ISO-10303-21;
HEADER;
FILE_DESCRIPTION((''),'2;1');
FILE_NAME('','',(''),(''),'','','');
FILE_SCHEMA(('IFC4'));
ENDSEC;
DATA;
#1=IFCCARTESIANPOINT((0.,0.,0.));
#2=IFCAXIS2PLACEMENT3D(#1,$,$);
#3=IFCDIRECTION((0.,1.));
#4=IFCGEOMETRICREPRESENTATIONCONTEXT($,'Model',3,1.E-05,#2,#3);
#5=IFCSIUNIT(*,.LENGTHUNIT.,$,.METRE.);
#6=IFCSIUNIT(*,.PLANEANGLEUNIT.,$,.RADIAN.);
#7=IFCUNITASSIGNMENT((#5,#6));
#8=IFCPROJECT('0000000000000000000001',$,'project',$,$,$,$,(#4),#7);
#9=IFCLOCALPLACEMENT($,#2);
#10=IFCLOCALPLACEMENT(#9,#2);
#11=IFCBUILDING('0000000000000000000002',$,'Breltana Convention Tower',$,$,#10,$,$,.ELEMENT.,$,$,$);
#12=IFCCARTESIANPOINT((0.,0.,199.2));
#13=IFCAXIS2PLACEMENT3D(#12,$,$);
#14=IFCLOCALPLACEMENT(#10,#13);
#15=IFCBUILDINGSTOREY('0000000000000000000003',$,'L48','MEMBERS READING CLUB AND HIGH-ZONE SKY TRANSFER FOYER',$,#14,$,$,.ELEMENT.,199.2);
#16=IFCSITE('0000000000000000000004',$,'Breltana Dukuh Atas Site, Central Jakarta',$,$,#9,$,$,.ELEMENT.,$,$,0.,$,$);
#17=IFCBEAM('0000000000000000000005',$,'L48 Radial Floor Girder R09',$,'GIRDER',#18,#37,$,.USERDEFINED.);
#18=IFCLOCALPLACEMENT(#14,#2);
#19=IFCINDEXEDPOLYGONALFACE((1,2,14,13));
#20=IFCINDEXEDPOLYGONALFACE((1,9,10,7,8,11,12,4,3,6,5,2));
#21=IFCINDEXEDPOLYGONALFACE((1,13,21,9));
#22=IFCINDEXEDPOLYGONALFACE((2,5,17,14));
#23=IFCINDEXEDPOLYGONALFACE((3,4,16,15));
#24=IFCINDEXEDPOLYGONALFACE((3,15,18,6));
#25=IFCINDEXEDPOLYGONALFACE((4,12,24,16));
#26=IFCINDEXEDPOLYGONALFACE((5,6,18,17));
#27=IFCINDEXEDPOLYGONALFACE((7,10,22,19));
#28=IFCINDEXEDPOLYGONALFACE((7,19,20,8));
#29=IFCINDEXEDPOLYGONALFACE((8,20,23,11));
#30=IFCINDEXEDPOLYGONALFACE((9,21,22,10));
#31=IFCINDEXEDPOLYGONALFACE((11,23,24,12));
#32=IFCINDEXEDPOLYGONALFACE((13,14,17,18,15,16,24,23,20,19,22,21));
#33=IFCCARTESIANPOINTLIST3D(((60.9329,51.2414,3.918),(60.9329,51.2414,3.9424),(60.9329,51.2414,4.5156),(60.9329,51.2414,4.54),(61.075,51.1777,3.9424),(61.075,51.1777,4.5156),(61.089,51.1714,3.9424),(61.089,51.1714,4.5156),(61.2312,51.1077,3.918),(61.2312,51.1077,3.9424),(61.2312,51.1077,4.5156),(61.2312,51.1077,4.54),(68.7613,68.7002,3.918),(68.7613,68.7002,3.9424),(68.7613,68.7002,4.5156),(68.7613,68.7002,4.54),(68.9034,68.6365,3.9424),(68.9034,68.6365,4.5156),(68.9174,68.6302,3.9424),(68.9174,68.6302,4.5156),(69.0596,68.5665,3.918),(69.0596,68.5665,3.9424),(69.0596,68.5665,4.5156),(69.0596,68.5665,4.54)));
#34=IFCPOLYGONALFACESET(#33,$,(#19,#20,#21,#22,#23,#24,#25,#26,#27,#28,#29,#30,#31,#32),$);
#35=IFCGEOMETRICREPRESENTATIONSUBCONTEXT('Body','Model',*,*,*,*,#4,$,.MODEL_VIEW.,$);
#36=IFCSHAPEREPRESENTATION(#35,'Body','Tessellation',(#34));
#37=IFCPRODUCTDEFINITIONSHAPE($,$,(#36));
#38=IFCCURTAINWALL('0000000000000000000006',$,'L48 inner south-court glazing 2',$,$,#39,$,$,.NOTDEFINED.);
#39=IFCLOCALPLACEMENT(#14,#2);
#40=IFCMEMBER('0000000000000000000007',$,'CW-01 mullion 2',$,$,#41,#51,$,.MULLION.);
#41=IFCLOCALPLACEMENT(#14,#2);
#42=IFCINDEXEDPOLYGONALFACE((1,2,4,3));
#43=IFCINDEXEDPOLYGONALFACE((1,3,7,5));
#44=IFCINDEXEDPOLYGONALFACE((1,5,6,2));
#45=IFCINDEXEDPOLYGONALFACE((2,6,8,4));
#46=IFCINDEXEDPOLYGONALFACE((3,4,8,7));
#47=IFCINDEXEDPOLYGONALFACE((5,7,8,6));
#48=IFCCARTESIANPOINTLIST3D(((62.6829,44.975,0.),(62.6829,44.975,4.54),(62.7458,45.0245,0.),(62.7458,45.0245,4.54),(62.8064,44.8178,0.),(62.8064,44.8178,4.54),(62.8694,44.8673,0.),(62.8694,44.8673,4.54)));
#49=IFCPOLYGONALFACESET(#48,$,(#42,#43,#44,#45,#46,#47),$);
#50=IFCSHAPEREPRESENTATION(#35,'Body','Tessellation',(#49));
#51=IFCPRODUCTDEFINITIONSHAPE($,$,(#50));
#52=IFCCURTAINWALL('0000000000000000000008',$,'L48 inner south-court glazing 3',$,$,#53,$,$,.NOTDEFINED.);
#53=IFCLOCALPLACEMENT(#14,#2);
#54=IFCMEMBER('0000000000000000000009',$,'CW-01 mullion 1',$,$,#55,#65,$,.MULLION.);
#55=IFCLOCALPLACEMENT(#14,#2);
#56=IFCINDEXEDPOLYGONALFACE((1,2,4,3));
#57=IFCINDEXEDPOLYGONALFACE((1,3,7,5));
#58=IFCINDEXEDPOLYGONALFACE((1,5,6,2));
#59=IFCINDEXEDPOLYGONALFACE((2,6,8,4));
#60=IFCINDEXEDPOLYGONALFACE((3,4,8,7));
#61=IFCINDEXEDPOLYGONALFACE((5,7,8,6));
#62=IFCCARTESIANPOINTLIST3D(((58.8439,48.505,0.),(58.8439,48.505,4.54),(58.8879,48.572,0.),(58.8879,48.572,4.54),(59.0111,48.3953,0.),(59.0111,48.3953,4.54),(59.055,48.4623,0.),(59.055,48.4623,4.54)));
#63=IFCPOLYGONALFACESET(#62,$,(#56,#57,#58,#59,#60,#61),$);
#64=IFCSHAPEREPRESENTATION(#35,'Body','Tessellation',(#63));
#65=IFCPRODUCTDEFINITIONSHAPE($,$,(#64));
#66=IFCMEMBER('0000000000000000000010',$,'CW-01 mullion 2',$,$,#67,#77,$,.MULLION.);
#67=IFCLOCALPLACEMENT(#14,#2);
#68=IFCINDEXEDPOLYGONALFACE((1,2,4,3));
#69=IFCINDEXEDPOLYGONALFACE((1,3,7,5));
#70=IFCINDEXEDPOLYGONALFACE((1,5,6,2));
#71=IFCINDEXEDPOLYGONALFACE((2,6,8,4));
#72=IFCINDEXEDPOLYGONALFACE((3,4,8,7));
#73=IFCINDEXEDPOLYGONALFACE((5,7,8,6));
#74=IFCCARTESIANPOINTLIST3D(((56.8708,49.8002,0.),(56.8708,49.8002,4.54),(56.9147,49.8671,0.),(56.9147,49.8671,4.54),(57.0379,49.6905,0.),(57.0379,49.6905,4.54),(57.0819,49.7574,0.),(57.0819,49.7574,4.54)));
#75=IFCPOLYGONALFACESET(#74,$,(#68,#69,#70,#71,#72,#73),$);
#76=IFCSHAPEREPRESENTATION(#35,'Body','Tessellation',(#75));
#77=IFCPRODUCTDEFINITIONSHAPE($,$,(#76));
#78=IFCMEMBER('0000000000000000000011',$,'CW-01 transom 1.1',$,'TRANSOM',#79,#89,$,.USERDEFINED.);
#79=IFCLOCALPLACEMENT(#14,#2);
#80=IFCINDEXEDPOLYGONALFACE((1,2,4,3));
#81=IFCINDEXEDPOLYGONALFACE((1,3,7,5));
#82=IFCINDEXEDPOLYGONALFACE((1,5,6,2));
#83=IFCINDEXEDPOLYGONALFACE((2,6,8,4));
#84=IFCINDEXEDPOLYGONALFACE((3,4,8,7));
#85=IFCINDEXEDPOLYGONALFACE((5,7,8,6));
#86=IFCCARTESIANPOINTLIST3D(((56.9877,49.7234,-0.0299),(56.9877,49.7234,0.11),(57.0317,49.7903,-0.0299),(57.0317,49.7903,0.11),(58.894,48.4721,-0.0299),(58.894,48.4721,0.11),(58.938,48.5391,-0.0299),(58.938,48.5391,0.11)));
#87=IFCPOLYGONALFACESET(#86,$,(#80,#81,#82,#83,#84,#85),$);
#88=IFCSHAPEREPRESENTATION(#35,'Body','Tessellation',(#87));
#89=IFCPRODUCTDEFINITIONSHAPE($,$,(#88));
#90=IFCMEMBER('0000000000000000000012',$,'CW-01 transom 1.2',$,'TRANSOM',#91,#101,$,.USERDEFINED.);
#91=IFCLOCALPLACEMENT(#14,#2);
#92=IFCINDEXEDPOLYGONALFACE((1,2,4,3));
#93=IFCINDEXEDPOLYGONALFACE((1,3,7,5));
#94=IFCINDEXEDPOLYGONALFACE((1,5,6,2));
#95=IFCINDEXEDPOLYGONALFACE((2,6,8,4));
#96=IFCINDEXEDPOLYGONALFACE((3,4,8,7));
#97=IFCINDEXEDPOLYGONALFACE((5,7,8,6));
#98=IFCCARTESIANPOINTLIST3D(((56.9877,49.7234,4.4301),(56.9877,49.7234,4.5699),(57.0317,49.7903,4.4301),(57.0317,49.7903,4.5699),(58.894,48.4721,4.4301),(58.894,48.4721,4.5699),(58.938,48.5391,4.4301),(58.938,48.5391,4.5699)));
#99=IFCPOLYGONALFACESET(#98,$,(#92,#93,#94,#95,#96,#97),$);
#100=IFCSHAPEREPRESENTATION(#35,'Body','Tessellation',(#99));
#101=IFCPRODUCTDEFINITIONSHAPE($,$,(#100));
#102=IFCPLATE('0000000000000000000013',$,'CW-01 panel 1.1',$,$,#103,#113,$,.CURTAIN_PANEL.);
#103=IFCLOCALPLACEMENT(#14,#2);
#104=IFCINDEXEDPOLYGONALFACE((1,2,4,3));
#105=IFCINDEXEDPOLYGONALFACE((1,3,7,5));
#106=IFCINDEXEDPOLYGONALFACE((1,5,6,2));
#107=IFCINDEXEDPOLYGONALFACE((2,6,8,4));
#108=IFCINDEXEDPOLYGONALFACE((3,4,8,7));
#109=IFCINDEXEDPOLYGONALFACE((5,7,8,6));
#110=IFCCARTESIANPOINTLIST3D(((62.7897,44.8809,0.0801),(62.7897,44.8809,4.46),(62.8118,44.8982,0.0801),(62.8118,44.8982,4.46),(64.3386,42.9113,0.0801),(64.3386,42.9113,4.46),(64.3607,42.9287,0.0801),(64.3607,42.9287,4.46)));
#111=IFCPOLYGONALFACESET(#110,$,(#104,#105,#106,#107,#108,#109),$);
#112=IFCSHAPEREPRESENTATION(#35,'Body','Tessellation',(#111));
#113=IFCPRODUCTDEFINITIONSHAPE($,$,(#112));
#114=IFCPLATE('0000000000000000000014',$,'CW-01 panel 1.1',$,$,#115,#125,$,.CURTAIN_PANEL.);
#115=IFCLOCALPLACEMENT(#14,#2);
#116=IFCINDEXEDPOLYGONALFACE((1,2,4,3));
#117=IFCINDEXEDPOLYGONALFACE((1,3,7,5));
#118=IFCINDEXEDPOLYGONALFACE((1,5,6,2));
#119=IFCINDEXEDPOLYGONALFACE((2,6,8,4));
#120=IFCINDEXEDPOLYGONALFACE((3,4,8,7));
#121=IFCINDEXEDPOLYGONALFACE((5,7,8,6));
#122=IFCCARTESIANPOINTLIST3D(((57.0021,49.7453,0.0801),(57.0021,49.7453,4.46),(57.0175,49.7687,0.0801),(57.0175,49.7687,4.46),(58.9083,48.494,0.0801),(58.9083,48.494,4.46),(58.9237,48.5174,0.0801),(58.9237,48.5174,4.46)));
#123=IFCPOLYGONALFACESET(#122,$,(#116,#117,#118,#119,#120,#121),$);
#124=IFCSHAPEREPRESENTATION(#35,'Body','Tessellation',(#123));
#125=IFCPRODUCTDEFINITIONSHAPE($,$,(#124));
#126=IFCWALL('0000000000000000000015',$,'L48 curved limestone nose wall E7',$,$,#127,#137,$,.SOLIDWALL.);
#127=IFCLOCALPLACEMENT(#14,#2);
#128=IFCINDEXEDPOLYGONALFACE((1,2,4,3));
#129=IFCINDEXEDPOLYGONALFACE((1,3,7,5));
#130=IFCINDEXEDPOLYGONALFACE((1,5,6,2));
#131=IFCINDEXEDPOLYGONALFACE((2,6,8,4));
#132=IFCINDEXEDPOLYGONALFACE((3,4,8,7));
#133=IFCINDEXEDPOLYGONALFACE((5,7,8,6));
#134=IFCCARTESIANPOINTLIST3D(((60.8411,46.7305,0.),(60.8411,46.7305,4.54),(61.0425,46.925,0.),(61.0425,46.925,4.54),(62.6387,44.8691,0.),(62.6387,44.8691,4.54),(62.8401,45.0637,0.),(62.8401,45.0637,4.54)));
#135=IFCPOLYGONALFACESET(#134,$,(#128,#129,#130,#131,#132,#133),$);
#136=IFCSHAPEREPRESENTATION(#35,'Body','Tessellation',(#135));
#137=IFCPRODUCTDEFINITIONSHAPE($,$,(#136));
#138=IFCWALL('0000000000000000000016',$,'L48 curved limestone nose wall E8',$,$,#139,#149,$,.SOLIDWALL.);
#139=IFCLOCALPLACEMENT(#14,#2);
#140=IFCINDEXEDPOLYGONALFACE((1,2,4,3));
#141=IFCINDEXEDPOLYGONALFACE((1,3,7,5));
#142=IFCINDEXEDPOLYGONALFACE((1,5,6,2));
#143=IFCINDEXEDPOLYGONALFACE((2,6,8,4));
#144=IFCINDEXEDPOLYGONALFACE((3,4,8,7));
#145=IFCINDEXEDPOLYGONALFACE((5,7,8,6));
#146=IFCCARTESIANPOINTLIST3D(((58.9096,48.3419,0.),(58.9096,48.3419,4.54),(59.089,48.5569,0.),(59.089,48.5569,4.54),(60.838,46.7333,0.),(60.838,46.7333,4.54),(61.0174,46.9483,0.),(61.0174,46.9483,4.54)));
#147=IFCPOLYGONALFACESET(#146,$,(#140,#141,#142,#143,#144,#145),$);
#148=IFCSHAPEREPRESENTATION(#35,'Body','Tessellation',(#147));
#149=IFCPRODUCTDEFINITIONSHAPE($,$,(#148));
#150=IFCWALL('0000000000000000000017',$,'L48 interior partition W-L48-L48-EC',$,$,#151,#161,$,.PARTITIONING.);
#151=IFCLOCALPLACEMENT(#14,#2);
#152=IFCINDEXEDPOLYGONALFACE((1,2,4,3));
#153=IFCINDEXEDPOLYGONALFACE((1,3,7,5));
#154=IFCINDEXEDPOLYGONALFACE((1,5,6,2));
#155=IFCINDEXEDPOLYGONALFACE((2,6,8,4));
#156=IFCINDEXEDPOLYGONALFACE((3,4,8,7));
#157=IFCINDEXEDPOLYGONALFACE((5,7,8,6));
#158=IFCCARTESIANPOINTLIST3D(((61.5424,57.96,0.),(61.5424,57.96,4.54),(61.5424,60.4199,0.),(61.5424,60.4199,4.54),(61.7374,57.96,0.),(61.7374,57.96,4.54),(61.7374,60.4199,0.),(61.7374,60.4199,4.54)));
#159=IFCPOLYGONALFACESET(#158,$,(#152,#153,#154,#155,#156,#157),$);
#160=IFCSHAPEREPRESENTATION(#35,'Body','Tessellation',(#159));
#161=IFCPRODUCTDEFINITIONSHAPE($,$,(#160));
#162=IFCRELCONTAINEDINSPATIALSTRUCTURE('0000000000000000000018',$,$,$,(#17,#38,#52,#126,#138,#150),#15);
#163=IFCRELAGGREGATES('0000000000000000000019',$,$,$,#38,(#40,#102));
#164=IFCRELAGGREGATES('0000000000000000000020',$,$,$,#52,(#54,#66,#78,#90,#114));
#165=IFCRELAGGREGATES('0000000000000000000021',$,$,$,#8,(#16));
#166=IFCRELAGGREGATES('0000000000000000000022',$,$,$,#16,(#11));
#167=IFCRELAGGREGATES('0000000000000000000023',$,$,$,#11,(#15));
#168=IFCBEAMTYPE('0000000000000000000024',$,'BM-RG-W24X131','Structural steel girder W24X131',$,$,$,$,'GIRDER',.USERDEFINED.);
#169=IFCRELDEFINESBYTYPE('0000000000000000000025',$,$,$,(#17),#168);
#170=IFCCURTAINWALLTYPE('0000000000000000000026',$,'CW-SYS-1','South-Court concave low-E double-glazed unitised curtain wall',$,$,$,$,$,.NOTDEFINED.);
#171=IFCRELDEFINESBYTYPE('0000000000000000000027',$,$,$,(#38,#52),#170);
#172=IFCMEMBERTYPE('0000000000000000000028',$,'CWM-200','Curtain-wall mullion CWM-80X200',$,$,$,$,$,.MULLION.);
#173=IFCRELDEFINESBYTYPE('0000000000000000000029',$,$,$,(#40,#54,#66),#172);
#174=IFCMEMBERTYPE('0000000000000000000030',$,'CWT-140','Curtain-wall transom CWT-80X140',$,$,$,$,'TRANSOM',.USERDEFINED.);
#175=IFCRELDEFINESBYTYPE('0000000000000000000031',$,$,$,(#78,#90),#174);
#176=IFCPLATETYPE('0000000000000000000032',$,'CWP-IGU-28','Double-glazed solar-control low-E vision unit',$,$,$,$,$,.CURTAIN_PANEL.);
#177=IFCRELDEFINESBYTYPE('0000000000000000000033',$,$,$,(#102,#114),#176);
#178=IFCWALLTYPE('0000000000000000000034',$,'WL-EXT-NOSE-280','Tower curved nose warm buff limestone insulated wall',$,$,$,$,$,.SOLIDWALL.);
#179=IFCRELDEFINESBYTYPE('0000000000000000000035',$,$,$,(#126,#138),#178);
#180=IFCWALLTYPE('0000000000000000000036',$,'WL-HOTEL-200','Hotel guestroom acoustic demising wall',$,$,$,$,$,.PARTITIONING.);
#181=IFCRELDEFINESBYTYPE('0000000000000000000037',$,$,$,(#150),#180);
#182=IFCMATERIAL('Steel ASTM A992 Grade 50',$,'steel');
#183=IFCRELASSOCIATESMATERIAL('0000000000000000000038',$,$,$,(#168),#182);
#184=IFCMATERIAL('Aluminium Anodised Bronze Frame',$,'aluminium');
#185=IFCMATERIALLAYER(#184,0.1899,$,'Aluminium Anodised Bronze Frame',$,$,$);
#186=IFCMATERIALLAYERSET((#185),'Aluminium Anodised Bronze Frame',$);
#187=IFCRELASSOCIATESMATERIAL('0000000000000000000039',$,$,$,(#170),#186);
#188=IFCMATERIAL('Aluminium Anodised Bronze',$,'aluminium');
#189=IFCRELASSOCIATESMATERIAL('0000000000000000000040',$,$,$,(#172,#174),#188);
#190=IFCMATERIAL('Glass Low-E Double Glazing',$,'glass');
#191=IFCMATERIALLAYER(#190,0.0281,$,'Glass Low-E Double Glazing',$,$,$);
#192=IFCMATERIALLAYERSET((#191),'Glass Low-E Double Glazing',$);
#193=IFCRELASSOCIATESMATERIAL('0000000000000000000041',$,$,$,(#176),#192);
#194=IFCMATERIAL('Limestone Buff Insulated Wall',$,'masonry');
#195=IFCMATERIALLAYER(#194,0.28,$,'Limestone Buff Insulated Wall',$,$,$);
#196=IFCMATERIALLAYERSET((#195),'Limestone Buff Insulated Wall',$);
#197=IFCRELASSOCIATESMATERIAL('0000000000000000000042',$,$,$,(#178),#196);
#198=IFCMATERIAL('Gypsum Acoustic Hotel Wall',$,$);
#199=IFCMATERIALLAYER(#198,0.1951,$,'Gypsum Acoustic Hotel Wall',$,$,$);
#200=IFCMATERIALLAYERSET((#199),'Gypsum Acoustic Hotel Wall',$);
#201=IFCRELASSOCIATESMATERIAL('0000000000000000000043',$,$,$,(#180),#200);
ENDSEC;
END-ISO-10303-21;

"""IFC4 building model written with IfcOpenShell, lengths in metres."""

from ifc_helpers import new_model, si_unit, direction, frame, frame_2d, origin, origin_2d, place, context, subcontext, project, spatial, rectangle, i_section, extrude, source, transform, mapped, material, layer, layer_set, material_profile, profile_set, type_object, element, aggregate, save


model = new_model("IFC4")

# Units and contexts
model_context = context("Model", 3, precision=1e-05, world=origin(), true_north=direction((0.0, 1.0)))
body_context = subcontext(model_context, "Body", "Model", "MODEL_VIEW")
ifc_project = project(units=[si_unit("LENGTHUNIT", "METRE"), si_unit("PLANEANGLEUNIT", "RADIAN")], contexts=[model_context])

# Site, building, storey
site_placement = place(None, origin())
site = spatial("IfcSite", under=ifc_project, at=site_placement, Name="Breltana Dukuh Atas Site, Central Jakarta", CompositionType="ELEMENT", RefElevation=0.0)
building_placement = place(site_placement, origin())
building = spatial("IfcBuilding", under=site, at=building_placement, Name="Breltana Convention Tower", CompositionType="ELEMENT")
storey_placement = place(building_placement, frame((0.0, 0.0, 199.2)))
storey = spatial("IfcBuildingStorey", under=building, at=storey_placement, Name="L48", Description="MEMBERS READING CLUB AND HIGH-ZONE SKY TRANSFER FOYER", CompositionType="ELEMENT", Elevation=199.2)

# Shared definitions
ifc_material_1 = material(Name="Steel ASTM A992 Grade 50", Category="steel")

# Beam
ifc_material_profile_1 = material_profile(ifc_material_1, i_section(OverallWidth=0.3269, OverallDepth=0.6221, WebThickness=0.0154, FlangeThickness=0.0244, at=origin_2d()), Name="W24X131")
ifc_profile_set_1 = profile_set([ifc_material_profile_1], Name="Steel ASTM A992 Grade 50")
beam_type_1 = type_object("IfcBeamType", Name="BM-RG-W24X131", Description="Structural steel girder W24X131", ElementType="GIRDER", PredefinedType="USERDEFINED", material=ifc_profile_set_1)
shared_shape_1 = source(origin(), body_context, "Body", "SweptSolid", [
    extrude(i_section(OverallWidth=0.3269, OverallDepth=0.6221, WebThickness=0.0154, FlangeThickness=0.0244, at=origin_2d()), origin(), (0.0, 0.0, 1.0), 19.1335),
])
beam_1_placement = place(storey_placement, frame((61.082, 51.1746, 4.229), z_axis=(0.409145, 0.91247, 0.0), x_axis=(-0.91247, 0.409145, 0.0)))
element("IfcBeam", 1, at=beam_1_placement, inside=storey, type_object=beam_type_1, Name="L48 Radial Floor Girder R09", ObjectType="GIRDER", PredefinedType="USERDEFINED", context=body_context, shape_type="MappedRepresentation", body=[
    mapped(shared_shape_1, transform((0.0, 0.0, 0.0), scale=1.0)),
])

# Curtain wall, member
ifc_material_2 = material(Name="Aluminium Anodised Bronze Frame", Category="aluminium")
ifc_layer_1 = layer(ifc_material_2, 0.1899, Name="Aluminium Anodised Bronze Frame")
ifc_layer_set_1 = layer_set([ifc_layer_1], Name="Aluminium Anodised Bronze Frame")
curtain_wall_type = type_object("IfcCurtainWallType", Name="CW-SYS-1", Description="South-Court concave low-E double-glazed unitised curtain wall", PredefinedType="NOTDEFINED", material=ifc_layer_set_1)
curtain_wall_1_placement = place(storey_placement, origin())
curtain_wall_1 = element("IfcCurtainWall", 2, at=curtain_wall_1_placement, inside=storey, type_object=curtain_wall_type, Name="L48 inner south-court glazing 2", PredefinedType="NOTDEFINED")
ifc_material_3 = material(Name="Aluminium Anodised Bronze", Category="aluminium")
ifc_material_profile_2 = material_profile(ifc_material_3, rectangle(XDim=0.0801, YDim=0.2, at=origin_2d()), Name="CWM-80X200")
ifc_profile_set_2 = profile_set([ifc_material_profile_2], Name="Aluminium Anodised Bronze")
member_type_1 = type_object("IfcMemberType", Name="CWM-200", Description="Curtain-wall mullion CWM-80X200", PredefinedType="MULLION", material=ifc_profile_set_2)
shared_shape_2 = source(origin(), body_context, "Body", "SweptSolid", [
    extrude(rectangle(XDim=0.0801, YDim=0.2, at=origin_2d()), origin(), (0.0, 0.0, 1.0), 4.54),
])
member_1_placement = place(storey_placement, frame((62.7761, 44.9211, 0.0), z_axis=(0.0, 0.0, 1.0), x_axis=(-0.786061, -0.61815, 0.0)))
member_1 = element("IfcMember", 3, at=member_1_placement, type_object=member_type_1, Name="CW-01 mullion 2", PredefinedType="MULLION", context=body_context, shape_type="MappedRepresentation", body=[
    mapped(shared_shape_2, transform((0.0, 0.0, 0.0), scale=1.0)),
])

# Curtain wall, members
curtain_wall_2_placement = place(storey_placement, origin())
curtain_wall_2 = element("IfcCurtainWall", 4, at=curtain_wall_2_placement, inside=storey, type_object=curtain_wall_type, Name="L48 inner south-court glazing 3", PredefinedType="NOTDEFINED")
member_2_placement = place(storey_placement, frame((58.9495, 48.4836, 0.0), z_axis=(0.0, 0.0, 1.0), x_axis=(-0.548757, -0.835982, 0.0)))
member_2 = element("IfcMember", 5, at=member_2_placement, type_object=member_type_1, Name="CW-01 mullion 1", PredefinedType="MULLION", context=body_context, shape_type="MappedRepresentation", body=[
    mapped(shared_shape_2, transform((0.0, 0.0, 0.0), scale=1.0)),
])
member_3_placement = place(storey_placement, frame((56.9763, 49.7788, 0.0), z_axis=(0.0, 0.0, 1.0), x_axis=(-0.548757, -0.835982, 0.0)))
member_3 = element("IfcMember", 6, at=member_3_placement, type_object=member_type_1, Name="CW-01 mullion 2", PredefinedType="MULLION", context=body_context, shape_type="MappedRepresentation", body=[
    mapped(shared_shape_2, transform((0.0, 0.0, 0.0), scale=1.0)),
])
ifc_material_profile_3 = material_profile(ifc_material_3, rectangle(XDim=0.0801, YDim=0.1399, at=origin_2d()), Name="CWT-80X140")
ifc_profile_set_3 = profile_set([ifc_material_profile_3], Name="Aluminium Anodised Bronze")
member_type_2 = type_object("IfcMemberType", Name="CWT-140", Description="Curtain-wall transom CWT-80X140", ElementType="TRANSOM", PredefinedType="USERDEFINED", material=ifc_profile_set_3)
shared_shape_3 = source(origin(), body_context, "Body", "SweptSolid", [
    extrude(rectangle(XDim=0.0801, YDim=0.1399, at=origin_2d()), origin(), (0.0, 0.0, 1.0), 2.2803),
])
member_4_placement = place(storey_placement, frame((58.916, 48.5056, 0.04), z_axis=(-0.835999, 0.548731, 0.0), x_axis=(-0.548731, -0.835999, 0.0)))
member_4 = element("IfcMember", 7, at=member_4_placement, type_object=member_type_2, Name="CW-01 transom 1.1", ObjectType="TRANSOM", PredefinedType="USERDEFINED", context=body_context, shape_type="MappedRepresentation", body=[
    mapped(shared_shape_3, transform((0.0, 0.0, 0.0), scale=1.0)),
])
member_5_placement = place(storey_placement, frame((58.916, 48.5056, 4.5), z_axis=(-0.835999, 0.548731, 0.0), x_axis=(-0.548731, -0.835999, 0.0)))
member_5 = element("IfcMember", 8, at=member_5_placement, type_object=member_type_2, Name="CW-01 transom 1.2", ObjectType="TRANSOM", PredefinedType="USERDEFINED", context=body_context, shape_type="MappedRepresentation", body=[
    mapped(shared_shape_3, transform((0.0, 0.0, 0.0), scale=1.0)),
])

# Plates
ifc_material_4 = material(Name="Glass Low-E Double Glazing", Category="glass")
ifc_layer_2 = layer(ifc_material_4, 0.0281, Name="Glass Low-E Double Glazing")
ifc_layer_set_2 = layer_set([ifc_layer_2], Name="Glass Low-E Double Glazing")
plate_type = type_object("IfcPlateType", Name="CWP-IGU-28", Description="Double-glazed solar-control low-E vision unit", PredefinedType="CURTAIN_PANEL", material=ifc_layer_set_2)
shared_shape_4 = source(origin(), body_context, "Body", "SweptSolid", [
    extrude(rectangle(XDim=2.5056, YDim=0.0281, at=origin_2d()), origin(), (0.0, 0.0, 1.0), 4.3799),
])
plate_1_placement = place(storey_placement, frame((63.5752, 43.9048, 0.0801), z_axis=(0.0, 0.0, 1.0), x_axis=(-0.61815, 0.786061, 0.0)))
plate_1 = element("IfcPlate", 9, at=plate_1_placement, type_object=plate_type, Name="CW-01 panel 1.1", PredefinedType="CURTAIN_PANEL", context=body_context, shape_type="MappedRepresentation", body=[
    mapped(shared_shape_4, transform((0.0, 0.0, 0.0), scale=1.0)),
])
aggregate(curtain_wall_1, [member_1, plate_1])
shared_shape_5 = source(origin(), body_context, "Body", "SweptSolid", [
    extrude(rectangle(XDim=2.2803, YDim=0.0281, at=origin_2d()), origin(), (0.0, 0.0, 1.0), 4.3799),
])
plate_2_placement = place(storey_placement, frame((57.9629, 49.1313, 0.0801), z_axis=(0.0, 0.0, 1.0), x_axis=(-0.835982, 0.548757, 0.0)))
plate_2 = element("IfcPlate", 10, at=plate_2_placement, type_object=plate_type, Name="CW-01 panel 1.1", PredefinedType="CURTAIN_PANEL", context=body_context, shape_type="MappedRepresentation", body=[
    mapped(shared_shape_5, transform((0.0, 0.0, 0.0), scale=1.0)),
])
aggregate(curtain_wall_2, [member_2, member_3, member_4, member_5, plate_2])

# Walls
ifc_material_5 = material(Name="Limestone Buff Insulated Wall", Category="masonry")
ifc_layer_3 = layer(ifc_material_5, 0.28, Name="Limestone Buff Insulated Wall")
ifc_layer_set_3 = layer_set([ifc_layer_3], Name="Limestone Buff Insulated Wall")
wall_type_1 = type_object("IfcWallType", Name="WL-EXT-NOSE-280", Description="Tower curved nose warm buff limestone insulated wall", PredefinedType="SOLIDWALL", material=ifc_layer_set_3)
shared_shape_6 = source(origin(), body_context, "Body", "SweptSolid", [
    extrude(rectangle(XDim=2.5876, YDim=0.28, at=frame_2d((1.2939, 0.0))), origin(), (0.0, 0.0, 1.0), 4.54),
])
wall_1_placement = place(storey_placement, frame((62.7395, 44.9663, 0.0), z_axis=(0.0, 0.0, 1.0), x_axis=(-0.694687, 0.719312, 0.0)))
element("IfcWall", 11, at=wall_1_placement, inside=storey, type_object=wall_type_1, Name="L48 curved limestone nose wall E7", PredefinedType="SOLIDWALL", context=body_context, shape_type="MappedRepresentation", body=[
    mapped(shared_shape_6, transform((0.0, 0.0, 0.0), scale=1.0)),
])
shared_shape_7 = source(origin(), body_context, "Body", "SweptSolid", [
    extrude(rectangle(XDim=2.5112, YDim=0.28, at=frame_2d((1.2556, 0.0))), origin(), (0.0, 0.0, 1.0), 4.54),
])
wall_2_placement = place(storey_placement, frame((60.9277, 46.8408, 0.0), z_axis=(0.0, 0.0, 1.0), x_axis=(-0.76791, 0.640557, 0.0)))
element("IfcWall", 12, at=wall_2_placement, inside=storey, type_object=wall_type_1, Name="L48 curved limestone nose wall E8", PredefinedType="SOLIDWALL", context=body_context, shape_type="MappedRepresentation", body=[
    mapped(shared_shape_7, transform((0.0, 0.0, 0.0), scale=1.0)),
])
ifc_material_6 = material(Name="Gypsum Acoustic Hotel Wall")
ifc_layer_4 = layer(ifc_material_6, 0.1951, Name="Gypsum Acoustic Hotel Wall")
ifc_layer_set_4 = layer_set([ifc_layer_4], Name="Gypsum Acoustic Hotel Wall")
wall_type_2 = type_object("IfcWallType", Name="WL-HOTEL-200", Description="Hotel guestroom acoustic demising wall", PredefinedType="PARTITIONING", material=ifc_layer_set_4)
shared_shape_8 = source(origin(), body_context, "Body", "SweptSolid", [
    extrude(rectangle(XDim=2.46, YDim=0.1951, at=frame_2d((1.23, 0.0))), origin(), (0.0, 0.0, 1.0), 4.54),
])
wall_3_placement = place(storey_placement, frame((61.6399, 57.96, 0.0), z_axis=(0.0, 0.0, 1.0), x_axis=(0.0, 1.0, 0.0)))
element("IfcWall", 13, at=wall_3_placement, inside=storey, type_object=wall_type_2, Name="L48 interior partition W-L48-L48-EC", PredefinedType="PARTITIONING", context=body_context, shape_type="MappedRepresentation", body=[
    mapped(shared_shape_8, transform((0.0, 0.0, 0.0), scale=1.0)),
])

save(model, "model.ifc")
